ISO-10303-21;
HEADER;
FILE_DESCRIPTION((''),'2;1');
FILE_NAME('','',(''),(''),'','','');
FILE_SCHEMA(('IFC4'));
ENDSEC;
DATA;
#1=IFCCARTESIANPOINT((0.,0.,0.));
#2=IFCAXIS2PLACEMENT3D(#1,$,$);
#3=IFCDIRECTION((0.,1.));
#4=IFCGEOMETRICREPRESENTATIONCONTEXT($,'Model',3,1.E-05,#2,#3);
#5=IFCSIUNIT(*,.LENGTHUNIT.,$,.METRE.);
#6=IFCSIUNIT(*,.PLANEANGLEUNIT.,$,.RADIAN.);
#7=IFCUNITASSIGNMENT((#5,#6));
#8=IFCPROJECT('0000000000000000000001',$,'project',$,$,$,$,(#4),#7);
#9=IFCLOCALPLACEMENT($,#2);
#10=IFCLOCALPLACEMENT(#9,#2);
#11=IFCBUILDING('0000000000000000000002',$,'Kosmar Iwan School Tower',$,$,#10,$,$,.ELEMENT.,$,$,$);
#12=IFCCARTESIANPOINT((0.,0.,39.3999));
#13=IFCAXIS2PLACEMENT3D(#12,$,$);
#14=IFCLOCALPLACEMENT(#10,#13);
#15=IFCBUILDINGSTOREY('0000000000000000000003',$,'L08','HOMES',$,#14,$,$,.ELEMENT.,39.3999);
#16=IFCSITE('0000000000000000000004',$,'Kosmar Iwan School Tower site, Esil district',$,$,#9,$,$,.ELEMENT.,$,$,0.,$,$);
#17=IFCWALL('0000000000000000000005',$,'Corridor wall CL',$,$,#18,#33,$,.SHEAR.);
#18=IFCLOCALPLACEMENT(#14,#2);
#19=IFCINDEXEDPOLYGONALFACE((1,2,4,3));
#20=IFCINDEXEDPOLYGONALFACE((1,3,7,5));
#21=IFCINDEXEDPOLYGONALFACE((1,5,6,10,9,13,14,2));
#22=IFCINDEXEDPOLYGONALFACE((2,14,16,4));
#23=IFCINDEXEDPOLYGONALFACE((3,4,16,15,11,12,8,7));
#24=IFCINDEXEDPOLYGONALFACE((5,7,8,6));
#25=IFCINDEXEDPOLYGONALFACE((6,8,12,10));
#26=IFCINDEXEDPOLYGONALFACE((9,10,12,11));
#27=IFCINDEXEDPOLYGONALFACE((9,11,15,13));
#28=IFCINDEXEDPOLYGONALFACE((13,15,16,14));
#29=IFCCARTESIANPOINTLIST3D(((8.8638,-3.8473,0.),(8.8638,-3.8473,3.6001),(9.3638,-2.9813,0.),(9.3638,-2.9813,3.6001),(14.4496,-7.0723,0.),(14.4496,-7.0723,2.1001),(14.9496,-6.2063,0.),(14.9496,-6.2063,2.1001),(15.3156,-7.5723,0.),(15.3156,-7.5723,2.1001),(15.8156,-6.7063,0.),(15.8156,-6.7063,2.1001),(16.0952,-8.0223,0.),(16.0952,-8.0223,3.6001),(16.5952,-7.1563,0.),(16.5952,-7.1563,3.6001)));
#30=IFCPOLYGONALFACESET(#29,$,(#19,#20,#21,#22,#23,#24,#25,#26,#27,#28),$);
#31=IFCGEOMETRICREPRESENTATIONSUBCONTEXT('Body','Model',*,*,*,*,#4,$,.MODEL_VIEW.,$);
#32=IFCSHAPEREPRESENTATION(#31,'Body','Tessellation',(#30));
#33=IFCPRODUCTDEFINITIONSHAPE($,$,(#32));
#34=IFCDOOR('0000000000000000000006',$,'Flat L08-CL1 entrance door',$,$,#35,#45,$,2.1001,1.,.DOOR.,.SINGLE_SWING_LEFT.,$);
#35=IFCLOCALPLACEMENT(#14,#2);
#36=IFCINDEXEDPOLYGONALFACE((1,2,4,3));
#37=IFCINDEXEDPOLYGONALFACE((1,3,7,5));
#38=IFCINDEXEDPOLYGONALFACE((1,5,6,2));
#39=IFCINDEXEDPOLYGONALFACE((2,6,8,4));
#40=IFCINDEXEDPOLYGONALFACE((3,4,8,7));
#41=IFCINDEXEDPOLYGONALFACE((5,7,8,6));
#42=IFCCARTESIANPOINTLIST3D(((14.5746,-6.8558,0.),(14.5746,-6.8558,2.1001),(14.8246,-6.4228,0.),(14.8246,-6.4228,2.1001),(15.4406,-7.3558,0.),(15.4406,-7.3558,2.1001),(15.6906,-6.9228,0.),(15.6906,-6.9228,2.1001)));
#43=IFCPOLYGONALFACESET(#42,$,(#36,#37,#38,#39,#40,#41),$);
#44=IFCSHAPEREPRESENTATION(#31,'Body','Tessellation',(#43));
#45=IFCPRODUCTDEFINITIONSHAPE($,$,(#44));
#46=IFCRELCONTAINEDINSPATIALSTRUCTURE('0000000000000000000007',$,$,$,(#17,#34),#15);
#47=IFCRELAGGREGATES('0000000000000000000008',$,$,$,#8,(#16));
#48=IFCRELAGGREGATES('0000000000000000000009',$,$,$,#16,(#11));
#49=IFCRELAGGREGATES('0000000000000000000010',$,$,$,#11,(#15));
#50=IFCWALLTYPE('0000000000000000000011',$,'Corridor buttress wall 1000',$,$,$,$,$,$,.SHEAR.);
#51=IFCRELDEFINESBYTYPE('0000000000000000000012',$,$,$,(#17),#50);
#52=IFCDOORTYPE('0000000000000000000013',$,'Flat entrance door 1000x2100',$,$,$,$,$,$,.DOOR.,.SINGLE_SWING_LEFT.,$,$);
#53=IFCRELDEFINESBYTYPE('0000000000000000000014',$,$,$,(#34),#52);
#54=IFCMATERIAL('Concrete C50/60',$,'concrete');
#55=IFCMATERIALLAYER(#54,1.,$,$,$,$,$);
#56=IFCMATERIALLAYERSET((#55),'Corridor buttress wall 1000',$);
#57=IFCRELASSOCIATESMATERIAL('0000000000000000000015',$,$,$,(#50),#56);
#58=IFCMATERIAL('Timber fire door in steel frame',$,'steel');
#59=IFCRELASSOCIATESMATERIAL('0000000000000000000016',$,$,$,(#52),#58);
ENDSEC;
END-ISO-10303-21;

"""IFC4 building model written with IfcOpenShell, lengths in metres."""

from ifc_helpers import new_model, si_unit, direction, frame, frame_2d, origin, place, context, subcontext, project, spatial, rectangle, extrude, material, layer, layer_set, type_object, element, fill, save


model = new_model("IFC4")

# Units and contexts
model_context = context("Model", 3, precision=1e-05, world=origin(), true_north=direction((0.0, 1.0)))
body_context = subcontext(model_context, "Body", "Model", "MODEL_VIEW")
ifc_project = project(units=[si_unit("LENGTHUNIT", "METRE"), si_unit("PLANEANGLEUNIT", "RADIAN")], contexts=[model_context])

# Site, building, storey
site_placement = place(None, origin())
site = spatial("IfcSite", under=ifc_project, at=site_placement, Name="Kosmar Iwan School Tower site, Esil district", CompositionType="ELEMENT", RefElevation=0.0)
building_placement = place(site_placement, origin())
building = spatial("IfcBuilding", under=site, at=building_placement, Name="Kosmar Iwan School Tower", CompositionType="ELEMENT")
storey_placement = place(building_placement, frame((0.0, 0.0, 39.3999)))
storey = spatial("IfcBuildingStorey", under=building, at=storey_placement, Name="L08", Description="HOMES", CompositionType="ELEMENT", Elevation=39.3999)

# Wall, opening, door
ifc_material_1 = material(Name="Concrete C50/60", Category="concrete")
ifc_layer_1 = layer(ifc_material_1, 1.0)
ifc_layer_set_1 = layer_set([ifc_layer_1], Name="Corridor buttress wall 1000")
wall_type_1 = type_object("IfcWallType", Name="Corridor buttress wall 1000", PredefinedType="SHEAR", material=ifc_layer_set_1)
wall_1_placement = place(storey_placement, frame((9.1138, -3.4143, 0.0), z_axis=(0.0, 0.0, 1.0), x_axis=(0.866027, -0.499997, 0.0)))
wall_1 = element("IfcWall", 1, at=wall_1_placement, inside=storey, type_object=wall_type_1, Name="Corridor wall CL", PredefinedType="SHEAR", context=body_context, shape_type="SweptSolid", body=[
    extrude(rectangle(XDim=8.3501, YDim=1.0, at=frame_2d((4.175, 0.0))), origin(), (0.0, 0.0, 1.0), 3.6001),
])
opening_1_placement = place(wall_1_placement, frame((6.45, 0.0, 0.0)))
opening_1 = element("IfcOpeningElement", 2, at=opening_1_placement, cuts=wall_1, PredefinedType="OPENING", context=body_context, shape_type="SweptSolid", body=[
    extrude(rectangle(XDim=1.0, YDim=2.1001, at=frame_2d((0.5, 1.05))), frame((0.0, 0.512, 0.0), z_axis=(0.0, -1.0, 0.0), x_axis=(1.0, 0.0, 0.0)), (0.0, 0.0, 1.0), 1.0239),
])
ifc_material_2 = material(Name="Timber fire door in steel frame", Category="steel")
door_type_1 = type_object("IfcDoorType", Name="Flat entrance door 1000x2100", OperationType="SINGLE_SWING_LEFT", PredefinedType="DOOR", material=ifc_material_2)
door_1_placement = place(opening_1_placement, origin())
door_1 = element("IfcDoor", 3, at=door_1_placement, inside=storey, type_object=door_type_1, Name="Flat L08-CL1 entrance door", OperationType="SINGLE_SWING_LEFT", OverallHeight=2.1001, OverallWidth=1.0, PredefinedType="DOOR", context=body_context, shape_type="SweptSolid", body=[
    extrude(rectangle(XDim=1.0, YDim=2.1001, at=frame_2d((0.5, 1.05))), frame((0.0, 0.25, 0.0), z_axis=(0.0, -1.0, 0.0), x_axis=(1.0, 0.0, 0.0)), (0.0, 0.0, 1.0), 0.5),
])
fill(opening_1, door_1)

save(model, "model.ifc")
